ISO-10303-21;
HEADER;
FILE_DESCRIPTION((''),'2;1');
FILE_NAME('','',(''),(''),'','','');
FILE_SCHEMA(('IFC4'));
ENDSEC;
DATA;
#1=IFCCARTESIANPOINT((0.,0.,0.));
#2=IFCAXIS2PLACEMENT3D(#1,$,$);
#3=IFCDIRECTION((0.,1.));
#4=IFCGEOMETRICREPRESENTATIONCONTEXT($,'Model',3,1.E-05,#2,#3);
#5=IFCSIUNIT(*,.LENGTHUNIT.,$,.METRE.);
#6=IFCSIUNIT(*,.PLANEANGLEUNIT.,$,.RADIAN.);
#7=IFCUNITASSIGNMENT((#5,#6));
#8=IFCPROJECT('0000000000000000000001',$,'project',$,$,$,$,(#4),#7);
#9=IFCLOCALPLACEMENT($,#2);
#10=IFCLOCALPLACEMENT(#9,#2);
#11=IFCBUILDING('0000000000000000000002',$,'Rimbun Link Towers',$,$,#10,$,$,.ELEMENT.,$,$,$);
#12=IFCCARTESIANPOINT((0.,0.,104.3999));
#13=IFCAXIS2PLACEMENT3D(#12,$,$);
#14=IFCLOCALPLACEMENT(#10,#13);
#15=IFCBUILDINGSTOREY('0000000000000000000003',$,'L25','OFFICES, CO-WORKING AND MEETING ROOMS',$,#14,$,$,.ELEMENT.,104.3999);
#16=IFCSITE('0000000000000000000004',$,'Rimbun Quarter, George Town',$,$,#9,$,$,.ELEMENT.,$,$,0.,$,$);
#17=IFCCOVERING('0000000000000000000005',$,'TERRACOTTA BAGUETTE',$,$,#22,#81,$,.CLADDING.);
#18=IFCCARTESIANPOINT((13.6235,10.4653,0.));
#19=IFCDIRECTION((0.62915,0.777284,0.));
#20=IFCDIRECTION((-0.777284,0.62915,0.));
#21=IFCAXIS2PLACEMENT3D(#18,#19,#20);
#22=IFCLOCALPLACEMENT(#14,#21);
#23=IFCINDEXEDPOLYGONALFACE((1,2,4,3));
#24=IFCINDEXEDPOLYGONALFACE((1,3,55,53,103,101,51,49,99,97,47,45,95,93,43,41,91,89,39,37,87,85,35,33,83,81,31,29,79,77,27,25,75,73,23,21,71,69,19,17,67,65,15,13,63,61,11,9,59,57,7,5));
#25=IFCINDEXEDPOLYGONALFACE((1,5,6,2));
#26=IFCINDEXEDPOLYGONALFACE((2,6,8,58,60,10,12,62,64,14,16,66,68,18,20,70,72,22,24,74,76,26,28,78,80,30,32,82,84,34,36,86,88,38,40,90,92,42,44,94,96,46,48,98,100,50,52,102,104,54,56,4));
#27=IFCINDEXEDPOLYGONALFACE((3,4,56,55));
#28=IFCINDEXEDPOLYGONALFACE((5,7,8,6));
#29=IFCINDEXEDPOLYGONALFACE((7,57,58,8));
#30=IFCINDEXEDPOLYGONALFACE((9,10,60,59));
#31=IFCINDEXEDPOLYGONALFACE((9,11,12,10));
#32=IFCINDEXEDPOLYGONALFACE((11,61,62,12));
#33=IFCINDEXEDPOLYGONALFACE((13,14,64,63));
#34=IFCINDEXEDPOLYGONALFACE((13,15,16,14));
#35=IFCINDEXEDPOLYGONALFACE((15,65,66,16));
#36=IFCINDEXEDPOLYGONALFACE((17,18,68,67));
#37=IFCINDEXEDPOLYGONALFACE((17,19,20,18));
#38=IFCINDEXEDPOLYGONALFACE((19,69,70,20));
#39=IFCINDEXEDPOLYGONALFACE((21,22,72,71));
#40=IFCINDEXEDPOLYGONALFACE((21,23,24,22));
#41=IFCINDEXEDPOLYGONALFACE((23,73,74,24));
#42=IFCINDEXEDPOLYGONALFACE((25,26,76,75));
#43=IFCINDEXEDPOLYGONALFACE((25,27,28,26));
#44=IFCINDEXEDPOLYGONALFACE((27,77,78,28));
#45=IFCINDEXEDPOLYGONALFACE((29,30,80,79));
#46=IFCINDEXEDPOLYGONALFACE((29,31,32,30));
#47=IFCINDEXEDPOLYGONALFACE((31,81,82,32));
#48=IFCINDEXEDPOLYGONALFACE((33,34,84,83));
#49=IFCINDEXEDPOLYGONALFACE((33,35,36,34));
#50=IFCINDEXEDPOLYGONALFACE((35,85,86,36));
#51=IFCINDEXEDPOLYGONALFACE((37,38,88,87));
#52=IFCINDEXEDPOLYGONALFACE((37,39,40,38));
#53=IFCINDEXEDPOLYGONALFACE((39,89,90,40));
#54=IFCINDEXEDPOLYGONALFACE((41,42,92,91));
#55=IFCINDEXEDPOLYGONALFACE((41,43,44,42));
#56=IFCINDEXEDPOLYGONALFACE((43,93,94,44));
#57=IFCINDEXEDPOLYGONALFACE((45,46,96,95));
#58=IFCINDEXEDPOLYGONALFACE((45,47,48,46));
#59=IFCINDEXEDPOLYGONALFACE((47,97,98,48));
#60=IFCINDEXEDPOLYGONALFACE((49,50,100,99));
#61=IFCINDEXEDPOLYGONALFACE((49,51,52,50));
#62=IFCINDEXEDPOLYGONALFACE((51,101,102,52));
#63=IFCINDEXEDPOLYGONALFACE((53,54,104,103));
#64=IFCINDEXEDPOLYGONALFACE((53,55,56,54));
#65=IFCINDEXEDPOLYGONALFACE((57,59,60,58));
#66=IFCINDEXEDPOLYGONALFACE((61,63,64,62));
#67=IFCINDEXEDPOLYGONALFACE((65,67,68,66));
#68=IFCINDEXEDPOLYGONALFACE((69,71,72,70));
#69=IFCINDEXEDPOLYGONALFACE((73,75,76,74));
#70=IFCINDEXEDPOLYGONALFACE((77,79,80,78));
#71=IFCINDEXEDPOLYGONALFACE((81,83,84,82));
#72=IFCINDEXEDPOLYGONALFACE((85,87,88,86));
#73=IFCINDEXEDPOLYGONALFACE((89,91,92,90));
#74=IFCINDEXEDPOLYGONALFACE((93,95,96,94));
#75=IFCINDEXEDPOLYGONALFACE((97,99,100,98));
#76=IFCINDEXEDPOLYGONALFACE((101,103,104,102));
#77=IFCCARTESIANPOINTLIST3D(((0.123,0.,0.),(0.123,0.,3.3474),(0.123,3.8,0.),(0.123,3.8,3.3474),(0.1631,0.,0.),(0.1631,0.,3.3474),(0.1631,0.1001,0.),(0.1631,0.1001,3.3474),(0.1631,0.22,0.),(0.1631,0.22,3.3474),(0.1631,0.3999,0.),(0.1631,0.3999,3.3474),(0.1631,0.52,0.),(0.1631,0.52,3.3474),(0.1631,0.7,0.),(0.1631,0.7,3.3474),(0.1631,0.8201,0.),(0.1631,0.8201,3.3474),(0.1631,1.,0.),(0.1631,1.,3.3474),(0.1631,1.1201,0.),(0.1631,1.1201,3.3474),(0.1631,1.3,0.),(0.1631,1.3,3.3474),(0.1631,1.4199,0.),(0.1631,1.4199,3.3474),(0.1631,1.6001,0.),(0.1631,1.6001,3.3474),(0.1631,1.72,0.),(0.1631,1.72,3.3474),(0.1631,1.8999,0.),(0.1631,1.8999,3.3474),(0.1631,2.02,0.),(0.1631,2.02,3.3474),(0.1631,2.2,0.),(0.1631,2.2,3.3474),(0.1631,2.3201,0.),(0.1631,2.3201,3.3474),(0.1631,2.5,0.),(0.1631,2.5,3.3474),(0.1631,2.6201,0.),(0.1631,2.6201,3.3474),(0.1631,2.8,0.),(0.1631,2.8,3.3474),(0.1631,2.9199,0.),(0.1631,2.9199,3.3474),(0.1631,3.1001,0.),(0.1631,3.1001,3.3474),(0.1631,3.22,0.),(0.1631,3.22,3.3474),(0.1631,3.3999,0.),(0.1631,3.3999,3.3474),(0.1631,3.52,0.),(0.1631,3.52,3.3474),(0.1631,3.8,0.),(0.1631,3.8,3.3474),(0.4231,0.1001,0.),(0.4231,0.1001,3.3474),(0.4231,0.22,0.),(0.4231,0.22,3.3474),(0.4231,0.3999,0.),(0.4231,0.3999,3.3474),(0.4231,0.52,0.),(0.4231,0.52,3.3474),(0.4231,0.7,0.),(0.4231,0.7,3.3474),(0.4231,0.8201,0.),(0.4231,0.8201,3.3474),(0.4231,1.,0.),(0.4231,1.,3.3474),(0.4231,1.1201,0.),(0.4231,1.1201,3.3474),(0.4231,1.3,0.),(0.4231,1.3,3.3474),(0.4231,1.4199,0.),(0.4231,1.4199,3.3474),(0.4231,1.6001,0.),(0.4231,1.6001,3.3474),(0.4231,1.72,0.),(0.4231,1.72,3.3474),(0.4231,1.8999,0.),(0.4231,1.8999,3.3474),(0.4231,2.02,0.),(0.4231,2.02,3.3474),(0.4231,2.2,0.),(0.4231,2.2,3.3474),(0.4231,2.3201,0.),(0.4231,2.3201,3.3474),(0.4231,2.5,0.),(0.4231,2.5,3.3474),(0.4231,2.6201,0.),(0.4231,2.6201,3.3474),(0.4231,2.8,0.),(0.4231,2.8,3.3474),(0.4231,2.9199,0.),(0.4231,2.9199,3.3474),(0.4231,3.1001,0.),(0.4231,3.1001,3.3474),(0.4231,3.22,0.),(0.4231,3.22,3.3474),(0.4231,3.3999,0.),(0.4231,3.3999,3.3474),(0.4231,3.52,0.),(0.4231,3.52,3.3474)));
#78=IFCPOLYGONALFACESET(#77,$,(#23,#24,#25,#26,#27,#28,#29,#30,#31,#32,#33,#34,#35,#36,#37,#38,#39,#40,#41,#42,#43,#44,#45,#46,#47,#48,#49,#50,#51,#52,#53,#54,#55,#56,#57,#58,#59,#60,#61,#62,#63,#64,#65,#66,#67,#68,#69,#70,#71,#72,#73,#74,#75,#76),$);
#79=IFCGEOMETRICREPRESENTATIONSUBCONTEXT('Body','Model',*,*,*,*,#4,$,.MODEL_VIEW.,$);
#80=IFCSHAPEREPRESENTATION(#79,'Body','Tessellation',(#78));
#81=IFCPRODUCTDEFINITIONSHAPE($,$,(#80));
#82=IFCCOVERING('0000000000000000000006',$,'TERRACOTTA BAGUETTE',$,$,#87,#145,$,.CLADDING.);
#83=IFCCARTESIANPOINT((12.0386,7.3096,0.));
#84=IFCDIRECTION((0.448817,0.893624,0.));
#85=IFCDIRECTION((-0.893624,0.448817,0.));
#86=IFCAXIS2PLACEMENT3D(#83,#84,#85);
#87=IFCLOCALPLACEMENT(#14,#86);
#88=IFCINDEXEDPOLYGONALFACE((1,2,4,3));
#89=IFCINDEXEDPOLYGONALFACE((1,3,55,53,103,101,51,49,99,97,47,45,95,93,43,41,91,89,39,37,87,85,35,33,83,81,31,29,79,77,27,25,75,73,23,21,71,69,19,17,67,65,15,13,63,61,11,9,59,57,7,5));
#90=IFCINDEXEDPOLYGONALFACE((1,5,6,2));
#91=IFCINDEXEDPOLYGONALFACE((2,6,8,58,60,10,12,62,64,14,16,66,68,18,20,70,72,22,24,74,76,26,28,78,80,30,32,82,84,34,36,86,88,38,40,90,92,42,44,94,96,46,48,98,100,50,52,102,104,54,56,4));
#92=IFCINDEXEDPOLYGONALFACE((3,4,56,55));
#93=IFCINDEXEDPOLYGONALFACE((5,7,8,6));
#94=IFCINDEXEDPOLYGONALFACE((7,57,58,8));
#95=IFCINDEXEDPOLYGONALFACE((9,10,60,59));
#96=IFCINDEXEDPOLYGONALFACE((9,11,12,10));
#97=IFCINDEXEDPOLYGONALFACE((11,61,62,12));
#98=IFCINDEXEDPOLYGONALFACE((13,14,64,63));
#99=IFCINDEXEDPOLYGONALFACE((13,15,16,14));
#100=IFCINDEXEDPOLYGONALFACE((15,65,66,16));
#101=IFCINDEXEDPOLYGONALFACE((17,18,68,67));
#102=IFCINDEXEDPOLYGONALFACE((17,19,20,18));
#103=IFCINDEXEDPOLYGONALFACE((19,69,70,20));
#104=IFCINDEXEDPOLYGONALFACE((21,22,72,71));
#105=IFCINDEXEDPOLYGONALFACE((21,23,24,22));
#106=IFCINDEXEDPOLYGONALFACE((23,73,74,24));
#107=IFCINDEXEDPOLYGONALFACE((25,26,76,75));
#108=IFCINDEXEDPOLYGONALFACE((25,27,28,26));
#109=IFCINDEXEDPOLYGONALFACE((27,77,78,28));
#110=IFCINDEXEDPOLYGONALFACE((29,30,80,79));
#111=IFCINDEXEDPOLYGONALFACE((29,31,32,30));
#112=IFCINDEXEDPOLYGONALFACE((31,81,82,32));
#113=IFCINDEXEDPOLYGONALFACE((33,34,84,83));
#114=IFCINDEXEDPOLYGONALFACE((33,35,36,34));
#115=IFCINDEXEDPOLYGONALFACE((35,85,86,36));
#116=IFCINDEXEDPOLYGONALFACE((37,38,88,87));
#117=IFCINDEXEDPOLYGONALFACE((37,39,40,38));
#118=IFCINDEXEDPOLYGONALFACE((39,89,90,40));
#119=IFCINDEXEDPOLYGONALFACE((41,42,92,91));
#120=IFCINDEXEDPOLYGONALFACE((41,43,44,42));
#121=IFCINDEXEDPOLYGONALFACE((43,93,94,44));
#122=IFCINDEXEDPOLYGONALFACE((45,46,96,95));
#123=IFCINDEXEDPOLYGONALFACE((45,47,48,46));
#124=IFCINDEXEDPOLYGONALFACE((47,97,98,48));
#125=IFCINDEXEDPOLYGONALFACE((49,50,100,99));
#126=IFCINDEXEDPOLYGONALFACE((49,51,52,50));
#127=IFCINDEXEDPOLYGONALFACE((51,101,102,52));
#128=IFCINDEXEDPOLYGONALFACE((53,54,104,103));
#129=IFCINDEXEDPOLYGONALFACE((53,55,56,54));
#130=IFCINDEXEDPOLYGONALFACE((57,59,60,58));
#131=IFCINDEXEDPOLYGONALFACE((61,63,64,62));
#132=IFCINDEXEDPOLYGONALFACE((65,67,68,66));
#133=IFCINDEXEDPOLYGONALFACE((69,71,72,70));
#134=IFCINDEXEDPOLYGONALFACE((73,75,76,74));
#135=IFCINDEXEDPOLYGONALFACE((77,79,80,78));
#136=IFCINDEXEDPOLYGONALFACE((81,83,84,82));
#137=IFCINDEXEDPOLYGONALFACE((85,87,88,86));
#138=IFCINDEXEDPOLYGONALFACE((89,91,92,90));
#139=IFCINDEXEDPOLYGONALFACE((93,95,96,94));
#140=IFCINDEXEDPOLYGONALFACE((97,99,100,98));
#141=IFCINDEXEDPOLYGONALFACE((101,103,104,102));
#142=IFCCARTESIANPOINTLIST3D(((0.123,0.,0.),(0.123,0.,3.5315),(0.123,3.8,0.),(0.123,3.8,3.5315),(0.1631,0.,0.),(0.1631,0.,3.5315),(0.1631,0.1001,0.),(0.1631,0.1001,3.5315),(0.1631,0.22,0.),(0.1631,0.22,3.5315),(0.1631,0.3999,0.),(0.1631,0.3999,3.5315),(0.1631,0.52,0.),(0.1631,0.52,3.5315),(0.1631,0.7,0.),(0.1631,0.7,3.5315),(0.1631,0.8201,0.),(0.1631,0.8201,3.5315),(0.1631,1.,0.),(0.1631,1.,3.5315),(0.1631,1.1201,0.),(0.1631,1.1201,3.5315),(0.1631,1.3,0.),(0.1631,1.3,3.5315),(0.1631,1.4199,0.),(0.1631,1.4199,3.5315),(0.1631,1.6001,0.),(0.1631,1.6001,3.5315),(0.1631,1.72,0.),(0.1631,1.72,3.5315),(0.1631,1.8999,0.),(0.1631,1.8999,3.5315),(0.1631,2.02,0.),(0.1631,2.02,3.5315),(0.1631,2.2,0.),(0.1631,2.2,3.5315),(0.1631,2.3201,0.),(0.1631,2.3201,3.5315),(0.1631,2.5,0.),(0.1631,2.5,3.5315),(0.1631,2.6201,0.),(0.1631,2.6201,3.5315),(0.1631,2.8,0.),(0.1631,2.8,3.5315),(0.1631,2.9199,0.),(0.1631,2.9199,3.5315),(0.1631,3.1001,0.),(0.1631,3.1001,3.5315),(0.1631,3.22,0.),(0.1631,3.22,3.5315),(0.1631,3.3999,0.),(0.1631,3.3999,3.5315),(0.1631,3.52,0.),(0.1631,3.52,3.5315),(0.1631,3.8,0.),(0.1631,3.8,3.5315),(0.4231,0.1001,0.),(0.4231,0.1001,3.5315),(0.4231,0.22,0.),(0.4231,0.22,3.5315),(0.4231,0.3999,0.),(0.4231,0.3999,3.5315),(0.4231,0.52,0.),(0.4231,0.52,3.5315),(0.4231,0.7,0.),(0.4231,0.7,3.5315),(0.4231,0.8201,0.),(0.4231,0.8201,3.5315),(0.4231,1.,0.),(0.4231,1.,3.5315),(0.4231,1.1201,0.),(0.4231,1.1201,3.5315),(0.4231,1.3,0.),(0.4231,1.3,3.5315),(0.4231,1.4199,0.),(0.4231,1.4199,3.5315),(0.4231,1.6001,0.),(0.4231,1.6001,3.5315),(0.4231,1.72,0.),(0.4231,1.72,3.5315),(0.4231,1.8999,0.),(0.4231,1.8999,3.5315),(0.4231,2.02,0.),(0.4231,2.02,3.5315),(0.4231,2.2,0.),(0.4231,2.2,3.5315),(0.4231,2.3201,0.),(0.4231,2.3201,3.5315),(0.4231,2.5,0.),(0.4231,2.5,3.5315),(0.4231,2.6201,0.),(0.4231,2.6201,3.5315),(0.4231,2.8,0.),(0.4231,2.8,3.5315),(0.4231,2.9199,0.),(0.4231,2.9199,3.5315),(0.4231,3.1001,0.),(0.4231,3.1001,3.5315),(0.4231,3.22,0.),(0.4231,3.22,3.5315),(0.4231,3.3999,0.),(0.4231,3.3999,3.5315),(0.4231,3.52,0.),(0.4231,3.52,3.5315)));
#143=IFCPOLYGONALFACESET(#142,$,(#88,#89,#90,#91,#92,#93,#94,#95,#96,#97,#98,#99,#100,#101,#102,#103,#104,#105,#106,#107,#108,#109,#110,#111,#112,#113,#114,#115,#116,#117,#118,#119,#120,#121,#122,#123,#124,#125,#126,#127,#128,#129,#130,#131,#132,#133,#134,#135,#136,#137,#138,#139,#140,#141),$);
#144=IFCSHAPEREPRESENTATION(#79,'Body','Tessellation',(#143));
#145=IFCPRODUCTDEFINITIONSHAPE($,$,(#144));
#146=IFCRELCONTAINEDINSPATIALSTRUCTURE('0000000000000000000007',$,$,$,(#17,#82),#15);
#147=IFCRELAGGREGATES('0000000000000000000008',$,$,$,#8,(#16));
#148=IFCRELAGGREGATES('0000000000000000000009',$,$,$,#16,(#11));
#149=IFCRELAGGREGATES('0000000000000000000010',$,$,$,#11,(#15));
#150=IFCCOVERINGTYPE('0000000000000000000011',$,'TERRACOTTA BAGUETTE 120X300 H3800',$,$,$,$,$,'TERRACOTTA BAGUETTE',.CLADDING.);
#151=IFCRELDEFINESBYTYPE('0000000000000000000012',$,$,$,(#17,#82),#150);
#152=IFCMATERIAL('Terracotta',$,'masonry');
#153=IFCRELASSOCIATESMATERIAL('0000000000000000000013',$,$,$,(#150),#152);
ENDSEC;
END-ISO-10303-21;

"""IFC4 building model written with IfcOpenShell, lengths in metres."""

from ifc_helpers import new_model, si_unit, direction, frame, origin, place, context, subcontext, project, spatial, polyline, outline, extrude, material, material_profile, profile_set, type_object, element, save


model = new_model("IFC4")

# Units and contexts
model_context = context("Model", 3, precision=1e-05, world=origin(), true_north=direction((0.0, 1.0)))
body_context = subcontext(model_context, "Body", "Model", "MODEL_VIEW")
ifc_project = project(units=[si_unit("LENGTHUNIT", "METRE"), si_unit("PLANEANGLEUNIT", "RADIAN")], contexts=[model_context])

# Site, building, storey
site_placement = place(None, origin())
site = spatial("IfcSite", under=ifc_project, at=site_placement, Name="Rimbun Quarter, George Town", CompositionType="ELEMENT", RefElevation=0.0)
building_placement = place(site_placement, origin())
building = spatial("IfcBuilding", under=site, at=building_placement, Name="Rimbun Link Towers", CompositionType="ELEMENT")
storey_placement = place(building_placement, frame((0.0, 0.0, 104.3999)))
storey = spatial("IfcBuildingStorey", under=building, at=storey_placement, Name="L25", Description="OFFICES, CO-WORKING AND MEETING ROOMS", CompositionType="ELEMENT", Elevation=104.3999)

# Coverings
ifc_material_1 = material(Name="Terracotta", Category="masonry")
ifc_material_profile_1 = material_profile(ifc_material_1, outline(polyline([(0.123, 0.0), (0.1631, 0.0), (0.1631, 0.1001), (0.4231, 0.1001), (0.4231, 0.22), (0.1631, 0.22), (0.1631, 0.3999), (0.4231, 0.3999), (0.4231, 0.52), (0.1631, 0.52), (0.1631, 0.7), (0.4231, 0.7), (0.4231, 0.8201), (0.1631, 0.8201), (0.1631, 1.0), (0.4231, 1.0), (0.4231, 1.1201), (0.1631, 1.1201), (0.1631, 1.3), (0.4231, 1.3), (0.4231, 1.4199), (0.1631, 1.4199), (0.1631, 1.6001), (0.4231, 1.6001), (0.4231, 1.72), (0.1631, 1.72), (0.1631, 1.8999), (0.4231, 1.8999), (0.4231, 2.02), (0.1631, 2.02), (0.1631, 2.2), (0.4231, 2.2), (0.4231, 2.3201), (0.1631, 2.3201), (0.1631, 2.5), (0.4231, 2.5), (0.4231, 2.6201), (0.1631, 2.6201), (0.1631, 2.8), (0.4231, 2.8), (0.4231, 2.9199), (0.1631, 2.9199), (0.1631, 3.1001), (0.4231, 3.1001), (0.4231, 3.22), (0.1631, 3.22), (0.1631, 3.3999), (0.4231, 3.3999), (0.4231, 3.52), (0.1631, 3.52), (0.1631, 3.8), (0.123, 3.8), (0.123, 0.0)])), Name="BAGUETTE 120X300")
ifc_profile_set_1 = profile_set([ifc_material_profile_1], Name="Terracotta")
covering_type_1 = type_object("IfcCoveringType", Name="TERRACOTTA BAGUETTE 120X300 H3800", ElementType="TERRACOTTA BAGUETTE", PredefinedType="CLADDING", material=ifc_profile_set_1)
covering_1_placement = place(storey_placement, frame((13.6235, 10.4653, 0.0), z_axis=(0.62915, 0.777284, 0.0), x_axis=(-0.777284, 0.62915, 0.0)))
element("IfcCovering", 1, at=covering_1_placement, inside=storey, type_object=covering_type_1, Name="TERRACOTTA BAGUETTE", PredefinedType="CLADDING", context=body_context, shape_type="SweptSolid", body=[
    extrude(outline(polyline([(0.123, 0.0), (0.1631, 0.0), (0.1631, 0.1001), (0.4231, 0.1001), (0.4231, 0.22), (0.1631, 0.22), (0.1631, 0.3999), (0.4231, 0.3999), (0.4231, 0.52), (0.1631, 0.52), (0.1631, 0.7), (0.4231, 0.7), (0.4231, 0.8201), (0.1631, 0.8201), (0.1631, 1.0), (0.4231, 1.0), (0.4231, 1.1201), (0.1631, 1.1201), (0.1631, 1.3), (0.4231, 1.3), (0.4231, 1.4199), (0.1631, 1.4199), (0.1631, 1.6001), (0.4231, 1.6001), (0.4231, 1.72), (0.1631, 1.72), (0.1631, 1.8999), (0.4231, 1.8999), (0.4231, 2.02), (0.1631, 2.02), (0.1631, 2.2), (0.4231, 2.2), (0.4231, 2.3201), (0.1631, 2.3201), (0.1631, 2.5), (0.4231, 2.5), (0.4231, 2.6201), (0.1631, 2.6201), (0.1631, 2.8), (0.4231, 2.8), (0.4231, 2.9199), (0.1631, 2.9199), (0.1631, 3.1001), (0.4231, 3.1001), (0.4231, 3.22), (0.1631, 3.22), (0.1631, 3.3999), (0.4231, 3.3999), (0.4231, 3.52), (0.1631, 3.52), (0.1631, 3.8), (0.123, 3.8), (0.123, 0.0)])), origin(), (0.0, 0.0, 1.0), 3.3474),
])
covering_2_placement = place(storey_placement, frame((12.0386, 7.3096, 0.0), z_axis=(0.448817, 0.893624, 0.0), x_axis=(-0.893624, 0.448817, 0.0)))
element("IfcCovering", 2, at=covering_2_placement, inside=storey, type_object=covering_type_1, Name="TERRACOTTA BAGUETTE", PredefinedType="CLADDING", context=body_context, shape_type="SweptSolid", body=[
    extrude(outline(polyline([(0.123, 0.0), (0.1631, 0.0), (0.1631, 0.1001), (0.4231, 0.1001), (0.4231, 0.22), (0.1631, 0.22), (0.1631, 0.3999), (0.4231, 0.3999), (0.4231, 0.52), (0.1631, 0.52), (0.1631, 0.7), (0.4231, 0.7), (0.4231, 0.8201), (0.1631, 0.8201), (0.1631, 1.0), (0.4231, 1.0), (0.4231, 1.1201), (0.1631, 1.1201), (0.1631, 1.3), (0.4231, 1.3), (0.4231, 1.4199), (0.1631, 1.4199), (0.1631, 1.6001), (0.4231, 1.6001), (0.4231, 1.72), (0.1631, 1.72), (0.1631, 1.8999), (0.4231, 1.8999), (0.4231, 2.02), (0.1631, 2.02), (0.1631, 2.2), (0.4231, 2.2), (0.4231, 2.3201), (0.1631, 2.3201), (0.1631, 2.5), (0.4231, 2.5), (0.4231, 2.6201), (0.1631, 2.6201), (0.1631, 2.8), (0.4231, 2.8), (0.4231, 2.9199), (0.1631, 2.9199), (0.1631, 3.1001), (0.4231, 3.1001), (0.4231, 3.22), (0.1631, 3.22), (0.1631, 3.3999), (0.4231, 3.3999), (0.4231, 3.52), (0.1631, 3.52), (0.1631, 3.8), (0.123, 3.8), (0.123, 0.0)])), origin(), (0.0, 0.0, 1.0), 3.5315),
])

save(model, "model.ifc")
